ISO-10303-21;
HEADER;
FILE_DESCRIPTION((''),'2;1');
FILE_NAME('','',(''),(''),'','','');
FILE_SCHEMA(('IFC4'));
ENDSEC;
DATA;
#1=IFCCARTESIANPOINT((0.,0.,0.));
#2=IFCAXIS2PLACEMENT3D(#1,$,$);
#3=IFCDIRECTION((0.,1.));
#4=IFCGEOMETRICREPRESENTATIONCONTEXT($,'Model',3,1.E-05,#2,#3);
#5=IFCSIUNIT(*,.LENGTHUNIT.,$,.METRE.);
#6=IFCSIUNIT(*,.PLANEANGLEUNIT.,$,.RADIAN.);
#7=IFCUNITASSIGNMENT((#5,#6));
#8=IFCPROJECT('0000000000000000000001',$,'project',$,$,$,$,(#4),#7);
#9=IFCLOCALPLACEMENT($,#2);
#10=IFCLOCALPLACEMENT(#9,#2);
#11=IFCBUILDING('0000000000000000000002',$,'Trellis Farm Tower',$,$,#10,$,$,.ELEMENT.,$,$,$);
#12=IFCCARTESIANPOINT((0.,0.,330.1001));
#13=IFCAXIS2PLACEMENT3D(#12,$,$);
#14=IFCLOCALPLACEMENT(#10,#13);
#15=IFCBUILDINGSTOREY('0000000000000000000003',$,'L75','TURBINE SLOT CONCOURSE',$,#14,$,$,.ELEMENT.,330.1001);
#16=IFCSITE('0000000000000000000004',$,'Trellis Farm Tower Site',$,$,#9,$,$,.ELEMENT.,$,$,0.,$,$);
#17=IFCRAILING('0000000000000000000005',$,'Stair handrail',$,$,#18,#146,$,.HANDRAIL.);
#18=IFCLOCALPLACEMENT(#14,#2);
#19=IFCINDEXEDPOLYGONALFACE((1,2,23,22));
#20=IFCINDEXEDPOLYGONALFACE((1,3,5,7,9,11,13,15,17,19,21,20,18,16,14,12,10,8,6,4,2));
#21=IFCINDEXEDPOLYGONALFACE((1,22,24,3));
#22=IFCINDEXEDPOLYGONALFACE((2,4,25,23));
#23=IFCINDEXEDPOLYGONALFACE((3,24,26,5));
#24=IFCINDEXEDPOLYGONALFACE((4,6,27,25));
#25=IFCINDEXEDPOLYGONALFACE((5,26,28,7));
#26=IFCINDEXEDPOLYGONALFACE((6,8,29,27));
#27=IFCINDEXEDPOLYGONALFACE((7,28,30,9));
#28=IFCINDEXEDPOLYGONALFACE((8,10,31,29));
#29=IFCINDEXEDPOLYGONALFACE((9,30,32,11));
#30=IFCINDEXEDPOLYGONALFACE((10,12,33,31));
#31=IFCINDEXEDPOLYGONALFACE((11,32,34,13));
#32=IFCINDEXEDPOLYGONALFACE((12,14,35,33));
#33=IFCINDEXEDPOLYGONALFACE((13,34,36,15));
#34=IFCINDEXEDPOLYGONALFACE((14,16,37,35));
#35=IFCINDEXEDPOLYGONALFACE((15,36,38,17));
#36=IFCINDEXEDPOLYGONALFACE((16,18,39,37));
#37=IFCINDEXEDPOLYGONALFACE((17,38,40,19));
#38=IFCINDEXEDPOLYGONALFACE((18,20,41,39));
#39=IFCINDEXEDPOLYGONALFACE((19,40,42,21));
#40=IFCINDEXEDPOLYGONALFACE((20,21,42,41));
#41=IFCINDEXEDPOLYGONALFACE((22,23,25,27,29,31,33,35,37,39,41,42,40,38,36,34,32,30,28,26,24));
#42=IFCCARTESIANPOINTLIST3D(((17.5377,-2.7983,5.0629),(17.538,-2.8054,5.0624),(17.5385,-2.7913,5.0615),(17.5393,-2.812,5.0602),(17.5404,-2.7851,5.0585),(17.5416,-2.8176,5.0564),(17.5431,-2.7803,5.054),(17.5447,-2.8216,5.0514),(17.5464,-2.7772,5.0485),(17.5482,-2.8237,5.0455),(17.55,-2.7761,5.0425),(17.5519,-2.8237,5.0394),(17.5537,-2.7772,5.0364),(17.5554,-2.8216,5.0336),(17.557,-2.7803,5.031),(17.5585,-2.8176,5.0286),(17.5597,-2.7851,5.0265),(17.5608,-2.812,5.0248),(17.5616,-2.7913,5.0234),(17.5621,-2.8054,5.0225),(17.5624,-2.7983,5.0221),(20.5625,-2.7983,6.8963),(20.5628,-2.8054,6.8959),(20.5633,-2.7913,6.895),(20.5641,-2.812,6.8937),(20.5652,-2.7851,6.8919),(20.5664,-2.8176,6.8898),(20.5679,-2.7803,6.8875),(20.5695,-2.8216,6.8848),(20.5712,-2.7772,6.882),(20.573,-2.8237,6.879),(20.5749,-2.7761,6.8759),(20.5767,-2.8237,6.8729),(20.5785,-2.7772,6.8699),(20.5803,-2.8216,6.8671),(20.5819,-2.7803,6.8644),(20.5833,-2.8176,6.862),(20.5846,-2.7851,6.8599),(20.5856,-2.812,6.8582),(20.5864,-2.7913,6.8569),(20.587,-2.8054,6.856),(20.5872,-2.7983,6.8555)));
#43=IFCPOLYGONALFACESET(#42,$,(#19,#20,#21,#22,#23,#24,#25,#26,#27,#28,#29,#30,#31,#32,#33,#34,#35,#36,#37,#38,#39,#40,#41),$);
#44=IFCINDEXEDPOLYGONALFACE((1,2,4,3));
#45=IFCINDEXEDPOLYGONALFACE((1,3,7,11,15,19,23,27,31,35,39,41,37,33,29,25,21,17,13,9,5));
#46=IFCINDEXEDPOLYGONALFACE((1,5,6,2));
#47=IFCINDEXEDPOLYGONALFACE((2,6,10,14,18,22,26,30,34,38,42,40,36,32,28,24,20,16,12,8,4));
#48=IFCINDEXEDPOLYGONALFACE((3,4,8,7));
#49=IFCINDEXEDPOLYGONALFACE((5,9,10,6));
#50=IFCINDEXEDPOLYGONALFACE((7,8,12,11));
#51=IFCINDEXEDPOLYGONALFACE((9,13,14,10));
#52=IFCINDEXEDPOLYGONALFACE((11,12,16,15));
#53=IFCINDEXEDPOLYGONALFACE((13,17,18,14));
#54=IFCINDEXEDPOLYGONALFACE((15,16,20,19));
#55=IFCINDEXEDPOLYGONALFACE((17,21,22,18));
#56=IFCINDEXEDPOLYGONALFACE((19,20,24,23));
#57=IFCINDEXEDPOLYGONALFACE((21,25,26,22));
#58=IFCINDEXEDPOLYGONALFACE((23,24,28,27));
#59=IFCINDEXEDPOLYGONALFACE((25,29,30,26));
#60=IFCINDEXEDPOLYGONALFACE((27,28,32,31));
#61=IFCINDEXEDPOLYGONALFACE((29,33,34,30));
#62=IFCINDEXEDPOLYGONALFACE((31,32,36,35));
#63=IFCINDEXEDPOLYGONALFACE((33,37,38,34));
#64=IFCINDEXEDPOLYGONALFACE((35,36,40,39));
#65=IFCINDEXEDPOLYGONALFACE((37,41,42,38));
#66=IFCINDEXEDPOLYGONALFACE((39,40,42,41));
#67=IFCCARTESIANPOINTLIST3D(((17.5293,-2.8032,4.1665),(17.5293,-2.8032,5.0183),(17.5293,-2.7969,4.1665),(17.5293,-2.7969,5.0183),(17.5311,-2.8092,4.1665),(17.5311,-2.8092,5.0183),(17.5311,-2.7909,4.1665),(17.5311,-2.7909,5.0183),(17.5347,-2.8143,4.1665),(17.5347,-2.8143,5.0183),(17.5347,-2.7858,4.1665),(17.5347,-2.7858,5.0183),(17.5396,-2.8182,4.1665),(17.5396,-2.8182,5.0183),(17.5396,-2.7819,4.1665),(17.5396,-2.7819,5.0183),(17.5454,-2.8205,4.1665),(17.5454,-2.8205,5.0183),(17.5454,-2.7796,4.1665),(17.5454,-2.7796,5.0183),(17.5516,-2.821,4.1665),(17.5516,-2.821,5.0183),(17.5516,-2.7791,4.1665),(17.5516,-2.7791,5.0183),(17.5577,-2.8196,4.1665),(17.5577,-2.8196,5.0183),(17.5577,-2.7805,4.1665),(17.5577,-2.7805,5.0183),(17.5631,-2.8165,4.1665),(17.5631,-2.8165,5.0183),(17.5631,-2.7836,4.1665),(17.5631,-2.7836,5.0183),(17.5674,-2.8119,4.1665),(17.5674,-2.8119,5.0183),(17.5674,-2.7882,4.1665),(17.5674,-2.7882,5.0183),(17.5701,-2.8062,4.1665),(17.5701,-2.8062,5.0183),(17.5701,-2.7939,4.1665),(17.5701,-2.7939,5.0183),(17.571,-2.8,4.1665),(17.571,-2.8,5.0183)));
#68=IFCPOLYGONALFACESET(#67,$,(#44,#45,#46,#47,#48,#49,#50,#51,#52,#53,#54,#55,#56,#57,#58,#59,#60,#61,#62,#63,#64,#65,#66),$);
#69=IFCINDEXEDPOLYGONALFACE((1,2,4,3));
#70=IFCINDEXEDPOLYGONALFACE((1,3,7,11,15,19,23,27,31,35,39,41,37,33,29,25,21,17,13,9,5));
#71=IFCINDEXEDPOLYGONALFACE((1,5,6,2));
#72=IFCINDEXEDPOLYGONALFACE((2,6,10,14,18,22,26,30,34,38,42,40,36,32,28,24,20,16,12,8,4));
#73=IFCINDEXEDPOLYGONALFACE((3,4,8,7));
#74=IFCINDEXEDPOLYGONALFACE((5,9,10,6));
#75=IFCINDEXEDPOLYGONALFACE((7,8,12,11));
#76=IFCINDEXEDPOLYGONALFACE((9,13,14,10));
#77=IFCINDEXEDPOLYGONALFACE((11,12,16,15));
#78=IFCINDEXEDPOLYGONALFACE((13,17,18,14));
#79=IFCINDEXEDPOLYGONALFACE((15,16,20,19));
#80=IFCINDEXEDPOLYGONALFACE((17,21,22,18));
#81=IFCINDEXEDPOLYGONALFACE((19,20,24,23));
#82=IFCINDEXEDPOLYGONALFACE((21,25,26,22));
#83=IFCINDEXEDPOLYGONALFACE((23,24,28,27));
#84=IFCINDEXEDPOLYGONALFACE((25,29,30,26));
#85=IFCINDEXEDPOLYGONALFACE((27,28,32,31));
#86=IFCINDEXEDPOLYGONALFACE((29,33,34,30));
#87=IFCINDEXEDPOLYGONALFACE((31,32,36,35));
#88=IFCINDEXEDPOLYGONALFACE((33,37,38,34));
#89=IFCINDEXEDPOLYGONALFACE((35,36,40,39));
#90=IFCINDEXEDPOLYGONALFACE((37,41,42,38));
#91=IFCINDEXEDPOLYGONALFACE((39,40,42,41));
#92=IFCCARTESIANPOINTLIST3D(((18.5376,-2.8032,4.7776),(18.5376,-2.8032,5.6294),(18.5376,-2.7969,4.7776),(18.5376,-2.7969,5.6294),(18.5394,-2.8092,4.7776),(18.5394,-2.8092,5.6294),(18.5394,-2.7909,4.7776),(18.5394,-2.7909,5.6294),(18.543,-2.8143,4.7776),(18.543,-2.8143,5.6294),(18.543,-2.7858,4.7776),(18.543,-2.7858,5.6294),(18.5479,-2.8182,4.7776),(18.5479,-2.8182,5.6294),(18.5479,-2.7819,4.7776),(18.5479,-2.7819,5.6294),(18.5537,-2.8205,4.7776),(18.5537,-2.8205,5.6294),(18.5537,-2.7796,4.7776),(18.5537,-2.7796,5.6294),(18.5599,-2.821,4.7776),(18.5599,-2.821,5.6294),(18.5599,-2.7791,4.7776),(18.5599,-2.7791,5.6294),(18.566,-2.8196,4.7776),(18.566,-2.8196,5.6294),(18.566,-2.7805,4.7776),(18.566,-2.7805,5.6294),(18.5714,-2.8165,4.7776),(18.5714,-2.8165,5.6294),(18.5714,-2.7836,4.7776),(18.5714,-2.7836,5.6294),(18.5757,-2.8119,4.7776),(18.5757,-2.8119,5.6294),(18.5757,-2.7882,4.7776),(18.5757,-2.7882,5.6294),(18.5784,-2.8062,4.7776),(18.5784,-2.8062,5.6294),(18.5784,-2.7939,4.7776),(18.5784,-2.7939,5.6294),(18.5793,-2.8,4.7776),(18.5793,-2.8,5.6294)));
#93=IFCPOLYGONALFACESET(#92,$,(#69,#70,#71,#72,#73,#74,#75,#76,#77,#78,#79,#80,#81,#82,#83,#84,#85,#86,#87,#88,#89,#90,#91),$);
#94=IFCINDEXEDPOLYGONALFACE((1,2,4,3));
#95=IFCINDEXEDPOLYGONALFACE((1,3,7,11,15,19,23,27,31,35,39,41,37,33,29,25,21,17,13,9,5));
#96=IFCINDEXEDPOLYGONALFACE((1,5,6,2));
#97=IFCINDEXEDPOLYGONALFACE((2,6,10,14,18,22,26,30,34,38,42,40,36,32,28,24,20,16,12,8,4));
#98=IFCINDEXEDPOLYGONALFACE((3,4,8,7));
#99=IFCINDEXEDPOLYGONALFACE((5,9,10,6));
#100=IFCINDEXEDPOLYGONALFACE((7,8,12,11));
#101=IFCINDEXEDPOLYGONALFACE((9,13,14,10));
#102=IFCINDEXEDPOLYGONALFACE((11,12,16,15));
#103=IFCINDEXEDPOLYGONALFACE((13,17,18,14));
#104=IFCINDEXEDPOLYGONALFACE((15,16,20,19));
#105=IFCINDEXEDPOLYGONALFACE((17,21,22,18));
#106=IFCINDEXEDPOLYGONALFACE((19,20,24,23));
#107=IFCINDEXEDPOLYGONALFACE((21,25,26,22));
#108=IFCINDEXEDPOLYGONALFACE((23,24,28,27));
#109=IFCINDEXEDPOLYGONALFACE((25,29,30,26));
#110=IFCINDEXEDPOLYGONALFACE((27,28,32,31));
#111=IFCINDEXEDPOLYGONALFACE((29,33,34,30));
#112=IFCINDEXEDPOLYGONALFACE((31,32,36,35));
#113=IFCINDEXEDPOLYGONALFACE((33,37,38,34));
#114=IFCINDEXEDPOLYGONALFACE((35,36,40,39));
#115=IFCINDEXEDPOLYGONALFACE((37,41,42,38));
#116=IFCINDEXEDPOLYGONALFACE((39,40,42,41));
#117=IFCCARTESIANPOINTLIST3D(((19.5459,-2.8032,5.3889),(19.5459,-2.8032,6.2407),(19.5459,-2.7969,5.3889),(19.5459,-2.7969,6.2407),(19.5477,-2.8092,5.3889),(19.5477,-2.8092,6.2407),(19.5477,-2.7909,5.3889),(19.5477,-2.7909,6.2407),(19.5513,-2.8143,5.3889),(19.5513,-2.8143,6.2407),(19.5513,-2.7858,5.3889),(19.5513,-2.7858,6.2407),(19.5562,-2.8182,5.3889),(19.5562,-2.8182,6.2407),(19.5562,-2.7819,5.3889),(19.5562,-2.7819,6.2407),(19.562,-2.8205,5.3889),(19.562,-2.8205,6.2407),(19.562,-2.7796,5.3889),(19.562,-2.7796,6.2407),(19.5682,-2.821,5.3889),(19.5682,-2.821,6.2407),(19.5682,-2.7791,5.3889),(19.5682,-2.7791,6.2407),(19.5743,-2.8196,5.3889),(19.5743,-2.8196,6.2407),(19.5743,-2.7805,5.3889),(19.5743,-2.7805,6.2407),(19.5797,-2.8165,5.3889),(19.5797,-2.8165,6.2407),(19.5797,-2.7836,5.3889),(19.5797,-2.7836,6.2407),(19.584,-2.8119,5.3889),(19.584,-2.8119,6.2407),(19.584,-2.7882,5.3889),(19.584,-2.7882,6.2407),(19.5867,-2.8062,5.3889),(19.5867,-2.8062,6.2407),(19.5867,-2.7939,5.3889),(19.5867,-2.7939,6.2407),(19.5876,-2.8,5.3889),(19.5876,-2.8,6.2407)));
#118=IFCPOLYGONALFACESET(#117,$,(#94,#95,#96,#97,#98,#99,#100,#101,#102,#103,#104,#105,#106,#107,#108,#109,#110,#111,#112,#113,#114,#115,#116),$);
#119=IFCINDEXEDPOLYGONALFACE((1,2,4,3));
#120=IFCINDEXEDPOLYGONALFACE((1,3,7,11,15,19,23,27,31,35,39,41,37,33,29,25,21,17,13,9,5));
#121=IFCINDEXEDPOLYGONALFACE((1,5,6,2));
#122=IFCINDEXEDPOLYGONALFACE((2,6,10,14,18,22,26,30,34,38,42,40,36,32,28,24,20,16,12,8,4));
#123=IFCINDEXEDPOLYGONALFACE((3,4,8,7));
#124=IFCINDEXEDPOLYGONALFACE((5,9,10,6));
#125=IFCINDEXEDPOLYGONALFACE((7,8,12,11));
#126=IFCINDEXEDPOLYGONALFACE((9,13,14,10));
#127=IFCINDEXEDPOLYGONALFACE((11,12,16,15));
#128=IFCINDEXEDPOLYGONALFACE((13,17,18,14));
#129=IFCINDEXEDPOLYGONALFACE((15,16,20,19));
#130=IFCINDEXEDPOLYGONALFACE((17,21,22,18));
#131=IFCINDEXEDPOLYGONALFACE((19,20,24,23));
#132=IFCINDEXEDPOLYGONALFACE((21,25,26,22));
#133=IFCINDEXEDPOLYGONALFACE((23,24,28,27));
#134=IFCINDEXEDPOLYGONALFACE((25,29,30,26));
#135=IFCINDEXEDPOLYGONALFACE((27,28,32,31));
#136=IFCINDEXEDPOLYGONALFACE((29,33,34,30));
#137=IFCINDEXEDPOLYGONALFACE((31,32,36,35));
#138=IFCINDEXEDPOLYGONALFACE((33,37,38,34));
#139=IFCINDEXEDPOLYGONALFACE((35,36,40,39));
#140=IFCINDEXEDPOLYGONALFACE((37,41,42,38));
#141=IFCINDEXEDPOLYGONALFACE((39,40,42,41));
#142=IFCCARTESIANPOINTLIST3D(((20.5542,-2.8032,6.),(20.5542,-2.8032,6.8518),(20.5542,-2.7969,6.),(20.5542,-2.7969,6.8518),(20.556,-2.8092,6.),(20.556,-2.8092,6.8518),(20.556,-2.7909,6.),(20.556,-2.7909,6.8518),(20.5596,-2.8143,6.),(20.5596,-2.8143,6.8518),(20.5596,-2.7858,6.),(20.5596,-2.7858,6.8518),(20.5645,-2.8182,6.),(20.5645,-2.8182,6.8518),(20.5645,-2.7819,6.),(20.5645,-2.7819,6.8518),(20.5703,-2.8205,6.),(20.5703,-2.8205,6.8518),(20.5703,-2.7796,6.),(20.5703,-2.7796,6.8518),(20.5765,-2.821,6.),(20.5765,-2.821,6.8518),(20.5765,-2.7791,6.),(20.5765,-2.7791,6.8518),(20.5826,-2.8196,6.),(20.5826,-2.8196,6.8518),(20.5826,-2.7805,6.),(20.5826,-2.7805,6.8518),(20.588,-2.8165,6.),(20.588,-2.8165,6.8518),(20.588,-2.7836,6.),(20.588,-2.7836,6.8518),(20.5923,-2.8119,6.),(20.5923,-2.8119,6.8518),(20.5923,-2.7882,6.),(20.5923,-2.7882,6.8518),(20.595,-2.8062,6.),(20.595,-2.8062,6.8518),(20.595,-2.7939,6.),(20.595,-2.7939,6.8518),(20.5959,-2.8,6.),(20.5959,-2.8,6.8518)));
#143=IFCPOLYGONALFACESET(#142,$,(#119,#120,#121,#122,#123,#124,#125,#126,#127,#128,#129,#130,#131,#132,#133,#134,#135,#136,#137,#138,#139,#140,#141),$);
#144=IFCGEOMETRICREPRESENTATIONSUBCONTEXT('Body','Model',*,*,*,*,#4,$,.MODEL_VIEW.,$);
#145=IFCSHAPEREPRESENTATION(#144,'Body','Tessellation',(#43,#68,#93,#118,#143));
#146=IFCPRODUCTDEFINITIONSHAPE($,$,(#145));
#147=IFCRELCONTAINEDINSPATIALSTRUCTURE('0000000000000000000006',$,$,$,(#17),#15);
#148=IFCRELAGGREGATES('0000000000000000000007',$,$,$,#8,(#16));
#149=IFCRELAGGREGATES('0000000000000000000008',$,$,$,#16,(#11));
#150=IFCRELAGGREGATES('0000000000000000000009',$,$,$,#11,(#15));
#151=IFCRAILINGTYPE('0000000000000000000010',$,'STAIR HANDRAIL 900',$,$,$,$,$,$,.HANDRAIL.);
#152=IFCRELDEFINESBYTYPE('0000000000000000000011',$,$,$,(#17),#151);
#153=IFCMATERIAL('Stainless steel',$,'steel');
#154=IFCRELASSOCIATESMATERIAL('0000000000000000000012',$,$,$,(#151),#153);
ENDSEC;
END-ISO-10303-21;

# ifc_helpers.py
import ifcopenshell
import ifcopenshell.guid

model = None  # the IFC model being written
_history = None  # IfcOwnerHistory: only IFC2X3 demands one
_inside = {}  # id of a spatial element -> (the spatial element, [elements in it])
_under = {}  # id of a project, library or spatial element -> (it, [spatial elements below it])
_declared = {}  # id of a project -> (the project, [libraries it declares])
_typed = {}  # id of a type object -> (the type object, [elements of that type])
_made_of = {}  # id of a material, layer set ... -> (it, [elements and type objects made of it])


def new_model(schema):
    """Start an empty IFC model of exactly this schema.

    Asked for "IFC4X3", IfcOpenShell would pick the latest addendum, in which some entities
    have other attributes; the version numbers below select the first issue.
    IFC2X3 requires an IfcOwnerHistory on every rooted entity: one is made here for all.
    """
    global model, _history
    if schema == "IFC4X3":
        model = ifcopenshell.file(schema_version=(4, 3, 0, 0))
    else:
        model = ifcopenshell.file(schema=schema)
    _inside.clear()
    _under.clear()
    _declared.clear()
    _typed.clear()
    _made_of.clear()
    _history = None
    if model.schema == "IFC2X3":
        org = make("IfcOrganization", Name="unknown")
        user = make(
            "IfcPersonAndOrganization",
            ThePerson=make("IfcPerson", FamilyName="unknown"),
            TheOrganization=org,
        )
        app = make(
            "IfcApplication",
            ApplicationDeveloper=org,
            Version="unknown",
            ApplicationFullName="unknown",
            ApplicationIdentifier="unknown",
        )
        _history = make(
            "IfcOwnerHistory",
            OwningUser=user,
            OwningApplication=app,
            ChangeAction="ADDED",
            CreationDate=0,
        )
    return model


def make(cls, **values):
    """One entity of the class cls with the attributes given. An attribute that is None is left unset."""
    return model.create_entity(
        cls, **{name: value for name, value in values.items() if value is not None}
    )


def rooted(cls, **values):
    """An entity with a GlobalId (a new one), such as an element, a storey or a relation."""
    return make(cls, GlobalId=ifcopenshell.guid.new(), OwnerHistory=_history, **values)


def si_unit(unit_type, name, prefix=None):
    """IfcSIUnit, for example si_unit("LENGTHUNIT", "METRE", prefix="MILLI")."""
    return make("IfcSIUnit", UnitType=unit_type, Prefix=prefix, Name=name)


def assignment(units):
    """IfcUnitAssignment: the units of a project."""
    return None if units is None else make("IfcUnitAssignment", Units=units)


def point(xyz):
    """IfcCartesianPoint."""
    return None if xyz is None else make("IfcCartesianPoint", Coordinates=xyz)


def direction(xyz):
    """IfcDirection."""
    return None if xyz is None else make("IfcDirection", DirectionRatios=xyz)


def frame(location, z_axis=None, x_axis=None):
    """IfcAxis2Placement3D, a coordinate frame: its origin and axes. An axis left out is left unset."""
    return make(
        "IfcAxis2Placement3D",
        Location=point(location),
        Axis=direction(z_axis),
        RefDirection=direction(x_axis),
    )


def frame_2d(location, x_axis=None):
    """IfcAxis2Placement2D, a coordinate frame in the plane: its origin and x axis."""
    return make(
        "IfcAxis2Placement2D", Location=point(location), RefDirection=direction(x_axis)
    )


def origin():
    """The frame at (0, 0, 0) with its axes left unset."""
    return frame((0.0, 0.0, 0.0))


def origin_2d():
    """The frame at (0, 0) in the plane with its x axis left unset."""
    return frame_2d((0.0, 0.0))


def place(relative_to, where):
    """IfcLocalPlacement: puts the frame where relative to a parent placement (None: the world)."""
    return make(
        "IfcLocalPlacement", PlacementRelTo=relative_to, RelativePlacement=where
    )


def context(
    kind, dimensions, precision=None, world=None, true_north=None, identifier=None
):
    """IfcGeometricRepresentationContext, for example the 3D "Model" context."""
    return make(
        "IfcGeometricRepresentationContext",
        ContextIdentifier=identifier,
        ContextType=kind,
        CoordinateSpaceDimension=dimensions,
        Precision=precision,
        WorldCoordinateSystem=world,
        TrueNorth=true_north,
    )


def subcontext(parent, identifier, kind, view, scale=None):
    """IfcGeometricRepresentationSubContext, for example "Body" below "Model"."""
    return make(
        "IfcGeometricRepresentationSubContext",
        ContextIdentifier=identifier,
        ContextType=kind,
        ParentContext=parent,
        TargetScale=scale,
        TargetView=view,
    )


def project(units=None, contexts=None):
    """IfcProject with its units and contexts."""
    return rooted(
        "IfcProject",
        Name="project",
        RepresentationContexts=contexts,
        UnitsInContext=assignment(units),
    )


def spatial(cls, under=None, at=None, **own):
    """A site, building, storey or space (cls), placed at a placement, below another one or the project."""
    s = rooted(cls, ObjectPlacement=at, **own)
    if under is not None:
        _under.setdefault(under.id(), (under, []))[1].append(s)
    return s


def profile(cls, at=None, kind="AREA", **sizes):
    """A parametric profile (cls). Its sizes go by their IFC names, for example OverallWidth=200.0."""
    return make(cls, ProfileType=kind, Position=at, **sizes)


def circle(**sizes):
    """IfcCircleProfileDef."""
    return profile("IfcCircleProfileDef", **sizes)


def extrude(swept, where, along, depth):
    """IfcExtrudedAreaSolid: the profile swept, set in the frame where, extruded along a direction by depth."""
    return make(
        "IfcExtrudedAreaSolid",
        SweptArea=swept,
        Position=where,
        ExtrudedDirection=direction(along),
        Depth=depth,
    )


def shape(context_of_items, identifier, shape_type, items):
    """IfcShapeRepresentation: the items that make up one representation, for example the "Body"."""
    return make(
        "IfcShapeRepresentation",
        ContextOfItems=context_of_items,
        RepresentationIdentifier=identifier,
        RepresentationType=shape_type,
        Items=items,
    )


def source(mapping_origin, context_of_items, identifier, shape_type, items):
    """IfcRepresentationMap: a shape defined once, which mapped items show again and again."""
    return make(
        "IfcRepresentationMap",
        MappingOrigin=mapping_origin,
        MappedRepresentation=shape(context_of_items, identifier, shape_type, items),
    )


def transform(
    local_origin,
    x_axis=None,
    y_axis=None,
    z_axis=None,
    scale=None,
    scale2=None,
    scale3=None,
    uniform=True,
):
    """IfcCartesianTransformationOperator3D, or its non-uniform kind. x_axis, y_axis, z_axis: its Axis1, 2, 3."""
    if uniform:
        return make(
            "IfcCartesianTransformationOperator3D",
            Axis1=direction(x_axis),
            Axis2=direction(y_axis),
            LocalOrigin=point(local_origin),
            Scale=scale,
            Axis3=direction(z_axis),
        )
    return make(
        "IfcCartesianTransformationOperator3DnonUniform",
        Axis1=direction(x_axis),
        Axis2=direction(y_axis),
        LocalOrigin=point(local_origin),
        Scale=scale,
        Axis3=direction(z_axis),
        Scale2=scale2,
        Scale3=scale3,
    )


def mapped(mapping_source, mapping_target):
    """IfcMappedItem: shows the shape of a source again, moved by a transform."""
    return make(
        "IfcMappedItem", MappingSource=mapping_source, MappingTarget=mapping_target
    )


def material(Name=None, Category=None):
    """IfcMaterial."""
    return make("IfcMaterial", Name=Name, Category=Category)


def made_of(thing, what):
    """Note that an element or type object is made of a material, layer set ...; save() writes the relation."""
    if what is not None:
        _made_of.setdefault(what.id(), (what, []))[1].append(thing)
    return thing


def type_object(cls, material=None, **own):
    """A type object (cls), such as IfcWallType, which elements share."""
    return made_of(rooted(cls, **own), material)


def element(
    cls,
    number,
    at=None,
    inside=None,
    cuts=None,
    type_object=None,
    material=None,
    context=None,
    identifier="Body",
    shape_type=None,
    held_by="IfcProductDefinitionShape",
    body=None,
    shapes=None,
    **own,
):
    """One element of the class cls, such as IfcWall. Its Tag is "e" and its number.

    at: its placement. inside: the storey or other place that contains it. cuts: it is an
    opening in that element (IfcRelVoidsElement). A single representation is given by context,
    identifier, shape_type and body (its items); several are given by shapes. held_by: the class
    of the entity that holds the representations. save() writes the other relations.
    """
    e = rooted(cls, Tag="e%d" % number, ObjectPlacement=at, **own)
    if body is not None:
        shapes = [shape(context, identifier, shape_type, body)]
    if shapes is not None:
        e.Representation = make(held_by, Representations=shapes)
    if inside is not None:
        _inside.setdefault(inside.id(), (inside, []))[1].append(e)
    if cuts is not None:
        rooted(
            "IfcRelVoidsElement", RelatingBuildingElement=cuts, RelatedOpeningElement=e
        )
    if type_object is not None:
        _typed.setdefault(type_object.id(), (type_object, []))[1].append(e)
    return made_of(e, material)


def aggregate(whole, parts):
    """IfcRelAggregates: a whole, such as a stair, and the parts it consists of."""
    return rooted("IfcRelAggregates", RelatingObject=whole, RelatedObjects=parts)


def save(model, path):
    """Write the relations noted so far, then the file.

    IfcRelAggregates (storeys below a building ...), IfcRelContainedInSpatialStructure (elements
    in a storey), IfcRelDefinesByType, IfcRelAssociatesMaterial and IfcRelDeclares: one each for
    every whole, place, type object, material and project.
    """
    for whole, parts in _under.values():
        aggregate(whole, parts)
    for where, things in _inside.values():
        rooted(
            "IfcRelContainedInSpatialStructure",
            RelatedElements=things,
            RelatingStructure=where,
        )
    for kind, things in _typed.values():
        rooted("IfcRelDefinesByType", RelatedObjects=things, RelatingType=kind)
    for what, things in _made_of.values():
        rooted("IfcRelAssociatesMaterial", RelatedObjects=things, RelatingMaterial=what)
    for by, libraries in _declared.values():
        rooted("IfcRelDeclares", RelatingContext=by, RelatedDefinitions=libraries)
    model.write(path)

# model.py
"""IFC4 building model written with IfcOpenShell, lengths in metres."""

from ifc_helpers import new_model, si_unit, direction, frame, origin, origin_2d, place, context, subcontext, project, spatial, circle, extrude, source, transform, mapped, material, type_object, element, save


model = new_model("IFC4")

# Units and contexts
model_context = context("Model", 3, precision=1e-05, world=origin(), true_north=direction((0.0, 1.0)))
body_context = subcontext(model_context, "Body", "Model", "MODEL_VIEW")
ifc_project = project(units=[si_unit("LENGTHUNIT", "METRE"), si_unit("PLANEANGLEUNIT", "RADIAN")], contexts=[model_context])

# Site, building, storey
site_placement = place(None, origin())
site = spatial("IfcSite", under=ifc_project, at=site_placement, Name="Trellis Farm Tower Site", CompositionType="ELEMENT", RefElevation=0.0)
building_placement = place(site_placement, origin())
building = spatial("IfcBuilding", under=site, at=building_placement, Name="Trellis Farm Tower", CompositionType="ELEMENT")
storey_placement = place(building_placement, frame((0.0, 0.0, 330.1001)))
storey = spatial("IfcBuildingStorey", under=building, at=storey_placement, Name="L75", Description="TURBINE SLOT CONCOURSE", CompositionType="ELEMENT", Elevation=330.1001)

# Railing
ifc_material_1 = material(Name="Stainless steel", Category="steel")
railing_type_1 = type_object("IfcRailingType", Name="STAIR HANDRAIL 900", PredefinedType="HANDRAIL", material=ifc_material_1)
shared_shape_1 = source(origin(), body_context, "Body", "SweptSolid", [
    extrude(circle(Radius=0.0239, at=origin_2d()), frame((0.0, 0.0, 0.876), z_axis=(0.85517, 0.0, 0.518348), x_axis=(0.0, 1.0, 0.0)), (0.0, 0.0, 1.0), 3.5371),
    extrude(circle(Radius=0.021, at=origin_2d()), origin(), (0.0, 0.0, 1.0), 0.8518),
    extrude(circle(Radius=0.021, at=origin_2d()), frame((1.0083, 0.0, 0.6111)), (0.0, 0.0, 1.0), 0.8518),
    extrude(circle(Radius=0.021, at=origin_2d()), frame((2.0166, 0.0, 1.2224)), (0.0, 0.0, 1.0), 0.8518),
    extrude(circle(Radius=0.021, at=origin_2d()), frame((3.0249, 0.0, 1.8335)), (0.0, 0.0, 1.0), 0.8518),
])
for number, where, name in (
    (1, (17.55, -2.8, 4.1665), "Stair handrail"),
):
    element("IfcRailing", number, at=place(storey_placement, frame(where)), inside=storey, type_object=railing_type_1, Name=name, PredefinedType="HANDRAIL", context=body_context, shape_type="MappedRepresentation", body=[
        mapped(shared_shape_1, transform((0.0, 0.0, 0.0))),
    ])

save(model, "model.ifc")
